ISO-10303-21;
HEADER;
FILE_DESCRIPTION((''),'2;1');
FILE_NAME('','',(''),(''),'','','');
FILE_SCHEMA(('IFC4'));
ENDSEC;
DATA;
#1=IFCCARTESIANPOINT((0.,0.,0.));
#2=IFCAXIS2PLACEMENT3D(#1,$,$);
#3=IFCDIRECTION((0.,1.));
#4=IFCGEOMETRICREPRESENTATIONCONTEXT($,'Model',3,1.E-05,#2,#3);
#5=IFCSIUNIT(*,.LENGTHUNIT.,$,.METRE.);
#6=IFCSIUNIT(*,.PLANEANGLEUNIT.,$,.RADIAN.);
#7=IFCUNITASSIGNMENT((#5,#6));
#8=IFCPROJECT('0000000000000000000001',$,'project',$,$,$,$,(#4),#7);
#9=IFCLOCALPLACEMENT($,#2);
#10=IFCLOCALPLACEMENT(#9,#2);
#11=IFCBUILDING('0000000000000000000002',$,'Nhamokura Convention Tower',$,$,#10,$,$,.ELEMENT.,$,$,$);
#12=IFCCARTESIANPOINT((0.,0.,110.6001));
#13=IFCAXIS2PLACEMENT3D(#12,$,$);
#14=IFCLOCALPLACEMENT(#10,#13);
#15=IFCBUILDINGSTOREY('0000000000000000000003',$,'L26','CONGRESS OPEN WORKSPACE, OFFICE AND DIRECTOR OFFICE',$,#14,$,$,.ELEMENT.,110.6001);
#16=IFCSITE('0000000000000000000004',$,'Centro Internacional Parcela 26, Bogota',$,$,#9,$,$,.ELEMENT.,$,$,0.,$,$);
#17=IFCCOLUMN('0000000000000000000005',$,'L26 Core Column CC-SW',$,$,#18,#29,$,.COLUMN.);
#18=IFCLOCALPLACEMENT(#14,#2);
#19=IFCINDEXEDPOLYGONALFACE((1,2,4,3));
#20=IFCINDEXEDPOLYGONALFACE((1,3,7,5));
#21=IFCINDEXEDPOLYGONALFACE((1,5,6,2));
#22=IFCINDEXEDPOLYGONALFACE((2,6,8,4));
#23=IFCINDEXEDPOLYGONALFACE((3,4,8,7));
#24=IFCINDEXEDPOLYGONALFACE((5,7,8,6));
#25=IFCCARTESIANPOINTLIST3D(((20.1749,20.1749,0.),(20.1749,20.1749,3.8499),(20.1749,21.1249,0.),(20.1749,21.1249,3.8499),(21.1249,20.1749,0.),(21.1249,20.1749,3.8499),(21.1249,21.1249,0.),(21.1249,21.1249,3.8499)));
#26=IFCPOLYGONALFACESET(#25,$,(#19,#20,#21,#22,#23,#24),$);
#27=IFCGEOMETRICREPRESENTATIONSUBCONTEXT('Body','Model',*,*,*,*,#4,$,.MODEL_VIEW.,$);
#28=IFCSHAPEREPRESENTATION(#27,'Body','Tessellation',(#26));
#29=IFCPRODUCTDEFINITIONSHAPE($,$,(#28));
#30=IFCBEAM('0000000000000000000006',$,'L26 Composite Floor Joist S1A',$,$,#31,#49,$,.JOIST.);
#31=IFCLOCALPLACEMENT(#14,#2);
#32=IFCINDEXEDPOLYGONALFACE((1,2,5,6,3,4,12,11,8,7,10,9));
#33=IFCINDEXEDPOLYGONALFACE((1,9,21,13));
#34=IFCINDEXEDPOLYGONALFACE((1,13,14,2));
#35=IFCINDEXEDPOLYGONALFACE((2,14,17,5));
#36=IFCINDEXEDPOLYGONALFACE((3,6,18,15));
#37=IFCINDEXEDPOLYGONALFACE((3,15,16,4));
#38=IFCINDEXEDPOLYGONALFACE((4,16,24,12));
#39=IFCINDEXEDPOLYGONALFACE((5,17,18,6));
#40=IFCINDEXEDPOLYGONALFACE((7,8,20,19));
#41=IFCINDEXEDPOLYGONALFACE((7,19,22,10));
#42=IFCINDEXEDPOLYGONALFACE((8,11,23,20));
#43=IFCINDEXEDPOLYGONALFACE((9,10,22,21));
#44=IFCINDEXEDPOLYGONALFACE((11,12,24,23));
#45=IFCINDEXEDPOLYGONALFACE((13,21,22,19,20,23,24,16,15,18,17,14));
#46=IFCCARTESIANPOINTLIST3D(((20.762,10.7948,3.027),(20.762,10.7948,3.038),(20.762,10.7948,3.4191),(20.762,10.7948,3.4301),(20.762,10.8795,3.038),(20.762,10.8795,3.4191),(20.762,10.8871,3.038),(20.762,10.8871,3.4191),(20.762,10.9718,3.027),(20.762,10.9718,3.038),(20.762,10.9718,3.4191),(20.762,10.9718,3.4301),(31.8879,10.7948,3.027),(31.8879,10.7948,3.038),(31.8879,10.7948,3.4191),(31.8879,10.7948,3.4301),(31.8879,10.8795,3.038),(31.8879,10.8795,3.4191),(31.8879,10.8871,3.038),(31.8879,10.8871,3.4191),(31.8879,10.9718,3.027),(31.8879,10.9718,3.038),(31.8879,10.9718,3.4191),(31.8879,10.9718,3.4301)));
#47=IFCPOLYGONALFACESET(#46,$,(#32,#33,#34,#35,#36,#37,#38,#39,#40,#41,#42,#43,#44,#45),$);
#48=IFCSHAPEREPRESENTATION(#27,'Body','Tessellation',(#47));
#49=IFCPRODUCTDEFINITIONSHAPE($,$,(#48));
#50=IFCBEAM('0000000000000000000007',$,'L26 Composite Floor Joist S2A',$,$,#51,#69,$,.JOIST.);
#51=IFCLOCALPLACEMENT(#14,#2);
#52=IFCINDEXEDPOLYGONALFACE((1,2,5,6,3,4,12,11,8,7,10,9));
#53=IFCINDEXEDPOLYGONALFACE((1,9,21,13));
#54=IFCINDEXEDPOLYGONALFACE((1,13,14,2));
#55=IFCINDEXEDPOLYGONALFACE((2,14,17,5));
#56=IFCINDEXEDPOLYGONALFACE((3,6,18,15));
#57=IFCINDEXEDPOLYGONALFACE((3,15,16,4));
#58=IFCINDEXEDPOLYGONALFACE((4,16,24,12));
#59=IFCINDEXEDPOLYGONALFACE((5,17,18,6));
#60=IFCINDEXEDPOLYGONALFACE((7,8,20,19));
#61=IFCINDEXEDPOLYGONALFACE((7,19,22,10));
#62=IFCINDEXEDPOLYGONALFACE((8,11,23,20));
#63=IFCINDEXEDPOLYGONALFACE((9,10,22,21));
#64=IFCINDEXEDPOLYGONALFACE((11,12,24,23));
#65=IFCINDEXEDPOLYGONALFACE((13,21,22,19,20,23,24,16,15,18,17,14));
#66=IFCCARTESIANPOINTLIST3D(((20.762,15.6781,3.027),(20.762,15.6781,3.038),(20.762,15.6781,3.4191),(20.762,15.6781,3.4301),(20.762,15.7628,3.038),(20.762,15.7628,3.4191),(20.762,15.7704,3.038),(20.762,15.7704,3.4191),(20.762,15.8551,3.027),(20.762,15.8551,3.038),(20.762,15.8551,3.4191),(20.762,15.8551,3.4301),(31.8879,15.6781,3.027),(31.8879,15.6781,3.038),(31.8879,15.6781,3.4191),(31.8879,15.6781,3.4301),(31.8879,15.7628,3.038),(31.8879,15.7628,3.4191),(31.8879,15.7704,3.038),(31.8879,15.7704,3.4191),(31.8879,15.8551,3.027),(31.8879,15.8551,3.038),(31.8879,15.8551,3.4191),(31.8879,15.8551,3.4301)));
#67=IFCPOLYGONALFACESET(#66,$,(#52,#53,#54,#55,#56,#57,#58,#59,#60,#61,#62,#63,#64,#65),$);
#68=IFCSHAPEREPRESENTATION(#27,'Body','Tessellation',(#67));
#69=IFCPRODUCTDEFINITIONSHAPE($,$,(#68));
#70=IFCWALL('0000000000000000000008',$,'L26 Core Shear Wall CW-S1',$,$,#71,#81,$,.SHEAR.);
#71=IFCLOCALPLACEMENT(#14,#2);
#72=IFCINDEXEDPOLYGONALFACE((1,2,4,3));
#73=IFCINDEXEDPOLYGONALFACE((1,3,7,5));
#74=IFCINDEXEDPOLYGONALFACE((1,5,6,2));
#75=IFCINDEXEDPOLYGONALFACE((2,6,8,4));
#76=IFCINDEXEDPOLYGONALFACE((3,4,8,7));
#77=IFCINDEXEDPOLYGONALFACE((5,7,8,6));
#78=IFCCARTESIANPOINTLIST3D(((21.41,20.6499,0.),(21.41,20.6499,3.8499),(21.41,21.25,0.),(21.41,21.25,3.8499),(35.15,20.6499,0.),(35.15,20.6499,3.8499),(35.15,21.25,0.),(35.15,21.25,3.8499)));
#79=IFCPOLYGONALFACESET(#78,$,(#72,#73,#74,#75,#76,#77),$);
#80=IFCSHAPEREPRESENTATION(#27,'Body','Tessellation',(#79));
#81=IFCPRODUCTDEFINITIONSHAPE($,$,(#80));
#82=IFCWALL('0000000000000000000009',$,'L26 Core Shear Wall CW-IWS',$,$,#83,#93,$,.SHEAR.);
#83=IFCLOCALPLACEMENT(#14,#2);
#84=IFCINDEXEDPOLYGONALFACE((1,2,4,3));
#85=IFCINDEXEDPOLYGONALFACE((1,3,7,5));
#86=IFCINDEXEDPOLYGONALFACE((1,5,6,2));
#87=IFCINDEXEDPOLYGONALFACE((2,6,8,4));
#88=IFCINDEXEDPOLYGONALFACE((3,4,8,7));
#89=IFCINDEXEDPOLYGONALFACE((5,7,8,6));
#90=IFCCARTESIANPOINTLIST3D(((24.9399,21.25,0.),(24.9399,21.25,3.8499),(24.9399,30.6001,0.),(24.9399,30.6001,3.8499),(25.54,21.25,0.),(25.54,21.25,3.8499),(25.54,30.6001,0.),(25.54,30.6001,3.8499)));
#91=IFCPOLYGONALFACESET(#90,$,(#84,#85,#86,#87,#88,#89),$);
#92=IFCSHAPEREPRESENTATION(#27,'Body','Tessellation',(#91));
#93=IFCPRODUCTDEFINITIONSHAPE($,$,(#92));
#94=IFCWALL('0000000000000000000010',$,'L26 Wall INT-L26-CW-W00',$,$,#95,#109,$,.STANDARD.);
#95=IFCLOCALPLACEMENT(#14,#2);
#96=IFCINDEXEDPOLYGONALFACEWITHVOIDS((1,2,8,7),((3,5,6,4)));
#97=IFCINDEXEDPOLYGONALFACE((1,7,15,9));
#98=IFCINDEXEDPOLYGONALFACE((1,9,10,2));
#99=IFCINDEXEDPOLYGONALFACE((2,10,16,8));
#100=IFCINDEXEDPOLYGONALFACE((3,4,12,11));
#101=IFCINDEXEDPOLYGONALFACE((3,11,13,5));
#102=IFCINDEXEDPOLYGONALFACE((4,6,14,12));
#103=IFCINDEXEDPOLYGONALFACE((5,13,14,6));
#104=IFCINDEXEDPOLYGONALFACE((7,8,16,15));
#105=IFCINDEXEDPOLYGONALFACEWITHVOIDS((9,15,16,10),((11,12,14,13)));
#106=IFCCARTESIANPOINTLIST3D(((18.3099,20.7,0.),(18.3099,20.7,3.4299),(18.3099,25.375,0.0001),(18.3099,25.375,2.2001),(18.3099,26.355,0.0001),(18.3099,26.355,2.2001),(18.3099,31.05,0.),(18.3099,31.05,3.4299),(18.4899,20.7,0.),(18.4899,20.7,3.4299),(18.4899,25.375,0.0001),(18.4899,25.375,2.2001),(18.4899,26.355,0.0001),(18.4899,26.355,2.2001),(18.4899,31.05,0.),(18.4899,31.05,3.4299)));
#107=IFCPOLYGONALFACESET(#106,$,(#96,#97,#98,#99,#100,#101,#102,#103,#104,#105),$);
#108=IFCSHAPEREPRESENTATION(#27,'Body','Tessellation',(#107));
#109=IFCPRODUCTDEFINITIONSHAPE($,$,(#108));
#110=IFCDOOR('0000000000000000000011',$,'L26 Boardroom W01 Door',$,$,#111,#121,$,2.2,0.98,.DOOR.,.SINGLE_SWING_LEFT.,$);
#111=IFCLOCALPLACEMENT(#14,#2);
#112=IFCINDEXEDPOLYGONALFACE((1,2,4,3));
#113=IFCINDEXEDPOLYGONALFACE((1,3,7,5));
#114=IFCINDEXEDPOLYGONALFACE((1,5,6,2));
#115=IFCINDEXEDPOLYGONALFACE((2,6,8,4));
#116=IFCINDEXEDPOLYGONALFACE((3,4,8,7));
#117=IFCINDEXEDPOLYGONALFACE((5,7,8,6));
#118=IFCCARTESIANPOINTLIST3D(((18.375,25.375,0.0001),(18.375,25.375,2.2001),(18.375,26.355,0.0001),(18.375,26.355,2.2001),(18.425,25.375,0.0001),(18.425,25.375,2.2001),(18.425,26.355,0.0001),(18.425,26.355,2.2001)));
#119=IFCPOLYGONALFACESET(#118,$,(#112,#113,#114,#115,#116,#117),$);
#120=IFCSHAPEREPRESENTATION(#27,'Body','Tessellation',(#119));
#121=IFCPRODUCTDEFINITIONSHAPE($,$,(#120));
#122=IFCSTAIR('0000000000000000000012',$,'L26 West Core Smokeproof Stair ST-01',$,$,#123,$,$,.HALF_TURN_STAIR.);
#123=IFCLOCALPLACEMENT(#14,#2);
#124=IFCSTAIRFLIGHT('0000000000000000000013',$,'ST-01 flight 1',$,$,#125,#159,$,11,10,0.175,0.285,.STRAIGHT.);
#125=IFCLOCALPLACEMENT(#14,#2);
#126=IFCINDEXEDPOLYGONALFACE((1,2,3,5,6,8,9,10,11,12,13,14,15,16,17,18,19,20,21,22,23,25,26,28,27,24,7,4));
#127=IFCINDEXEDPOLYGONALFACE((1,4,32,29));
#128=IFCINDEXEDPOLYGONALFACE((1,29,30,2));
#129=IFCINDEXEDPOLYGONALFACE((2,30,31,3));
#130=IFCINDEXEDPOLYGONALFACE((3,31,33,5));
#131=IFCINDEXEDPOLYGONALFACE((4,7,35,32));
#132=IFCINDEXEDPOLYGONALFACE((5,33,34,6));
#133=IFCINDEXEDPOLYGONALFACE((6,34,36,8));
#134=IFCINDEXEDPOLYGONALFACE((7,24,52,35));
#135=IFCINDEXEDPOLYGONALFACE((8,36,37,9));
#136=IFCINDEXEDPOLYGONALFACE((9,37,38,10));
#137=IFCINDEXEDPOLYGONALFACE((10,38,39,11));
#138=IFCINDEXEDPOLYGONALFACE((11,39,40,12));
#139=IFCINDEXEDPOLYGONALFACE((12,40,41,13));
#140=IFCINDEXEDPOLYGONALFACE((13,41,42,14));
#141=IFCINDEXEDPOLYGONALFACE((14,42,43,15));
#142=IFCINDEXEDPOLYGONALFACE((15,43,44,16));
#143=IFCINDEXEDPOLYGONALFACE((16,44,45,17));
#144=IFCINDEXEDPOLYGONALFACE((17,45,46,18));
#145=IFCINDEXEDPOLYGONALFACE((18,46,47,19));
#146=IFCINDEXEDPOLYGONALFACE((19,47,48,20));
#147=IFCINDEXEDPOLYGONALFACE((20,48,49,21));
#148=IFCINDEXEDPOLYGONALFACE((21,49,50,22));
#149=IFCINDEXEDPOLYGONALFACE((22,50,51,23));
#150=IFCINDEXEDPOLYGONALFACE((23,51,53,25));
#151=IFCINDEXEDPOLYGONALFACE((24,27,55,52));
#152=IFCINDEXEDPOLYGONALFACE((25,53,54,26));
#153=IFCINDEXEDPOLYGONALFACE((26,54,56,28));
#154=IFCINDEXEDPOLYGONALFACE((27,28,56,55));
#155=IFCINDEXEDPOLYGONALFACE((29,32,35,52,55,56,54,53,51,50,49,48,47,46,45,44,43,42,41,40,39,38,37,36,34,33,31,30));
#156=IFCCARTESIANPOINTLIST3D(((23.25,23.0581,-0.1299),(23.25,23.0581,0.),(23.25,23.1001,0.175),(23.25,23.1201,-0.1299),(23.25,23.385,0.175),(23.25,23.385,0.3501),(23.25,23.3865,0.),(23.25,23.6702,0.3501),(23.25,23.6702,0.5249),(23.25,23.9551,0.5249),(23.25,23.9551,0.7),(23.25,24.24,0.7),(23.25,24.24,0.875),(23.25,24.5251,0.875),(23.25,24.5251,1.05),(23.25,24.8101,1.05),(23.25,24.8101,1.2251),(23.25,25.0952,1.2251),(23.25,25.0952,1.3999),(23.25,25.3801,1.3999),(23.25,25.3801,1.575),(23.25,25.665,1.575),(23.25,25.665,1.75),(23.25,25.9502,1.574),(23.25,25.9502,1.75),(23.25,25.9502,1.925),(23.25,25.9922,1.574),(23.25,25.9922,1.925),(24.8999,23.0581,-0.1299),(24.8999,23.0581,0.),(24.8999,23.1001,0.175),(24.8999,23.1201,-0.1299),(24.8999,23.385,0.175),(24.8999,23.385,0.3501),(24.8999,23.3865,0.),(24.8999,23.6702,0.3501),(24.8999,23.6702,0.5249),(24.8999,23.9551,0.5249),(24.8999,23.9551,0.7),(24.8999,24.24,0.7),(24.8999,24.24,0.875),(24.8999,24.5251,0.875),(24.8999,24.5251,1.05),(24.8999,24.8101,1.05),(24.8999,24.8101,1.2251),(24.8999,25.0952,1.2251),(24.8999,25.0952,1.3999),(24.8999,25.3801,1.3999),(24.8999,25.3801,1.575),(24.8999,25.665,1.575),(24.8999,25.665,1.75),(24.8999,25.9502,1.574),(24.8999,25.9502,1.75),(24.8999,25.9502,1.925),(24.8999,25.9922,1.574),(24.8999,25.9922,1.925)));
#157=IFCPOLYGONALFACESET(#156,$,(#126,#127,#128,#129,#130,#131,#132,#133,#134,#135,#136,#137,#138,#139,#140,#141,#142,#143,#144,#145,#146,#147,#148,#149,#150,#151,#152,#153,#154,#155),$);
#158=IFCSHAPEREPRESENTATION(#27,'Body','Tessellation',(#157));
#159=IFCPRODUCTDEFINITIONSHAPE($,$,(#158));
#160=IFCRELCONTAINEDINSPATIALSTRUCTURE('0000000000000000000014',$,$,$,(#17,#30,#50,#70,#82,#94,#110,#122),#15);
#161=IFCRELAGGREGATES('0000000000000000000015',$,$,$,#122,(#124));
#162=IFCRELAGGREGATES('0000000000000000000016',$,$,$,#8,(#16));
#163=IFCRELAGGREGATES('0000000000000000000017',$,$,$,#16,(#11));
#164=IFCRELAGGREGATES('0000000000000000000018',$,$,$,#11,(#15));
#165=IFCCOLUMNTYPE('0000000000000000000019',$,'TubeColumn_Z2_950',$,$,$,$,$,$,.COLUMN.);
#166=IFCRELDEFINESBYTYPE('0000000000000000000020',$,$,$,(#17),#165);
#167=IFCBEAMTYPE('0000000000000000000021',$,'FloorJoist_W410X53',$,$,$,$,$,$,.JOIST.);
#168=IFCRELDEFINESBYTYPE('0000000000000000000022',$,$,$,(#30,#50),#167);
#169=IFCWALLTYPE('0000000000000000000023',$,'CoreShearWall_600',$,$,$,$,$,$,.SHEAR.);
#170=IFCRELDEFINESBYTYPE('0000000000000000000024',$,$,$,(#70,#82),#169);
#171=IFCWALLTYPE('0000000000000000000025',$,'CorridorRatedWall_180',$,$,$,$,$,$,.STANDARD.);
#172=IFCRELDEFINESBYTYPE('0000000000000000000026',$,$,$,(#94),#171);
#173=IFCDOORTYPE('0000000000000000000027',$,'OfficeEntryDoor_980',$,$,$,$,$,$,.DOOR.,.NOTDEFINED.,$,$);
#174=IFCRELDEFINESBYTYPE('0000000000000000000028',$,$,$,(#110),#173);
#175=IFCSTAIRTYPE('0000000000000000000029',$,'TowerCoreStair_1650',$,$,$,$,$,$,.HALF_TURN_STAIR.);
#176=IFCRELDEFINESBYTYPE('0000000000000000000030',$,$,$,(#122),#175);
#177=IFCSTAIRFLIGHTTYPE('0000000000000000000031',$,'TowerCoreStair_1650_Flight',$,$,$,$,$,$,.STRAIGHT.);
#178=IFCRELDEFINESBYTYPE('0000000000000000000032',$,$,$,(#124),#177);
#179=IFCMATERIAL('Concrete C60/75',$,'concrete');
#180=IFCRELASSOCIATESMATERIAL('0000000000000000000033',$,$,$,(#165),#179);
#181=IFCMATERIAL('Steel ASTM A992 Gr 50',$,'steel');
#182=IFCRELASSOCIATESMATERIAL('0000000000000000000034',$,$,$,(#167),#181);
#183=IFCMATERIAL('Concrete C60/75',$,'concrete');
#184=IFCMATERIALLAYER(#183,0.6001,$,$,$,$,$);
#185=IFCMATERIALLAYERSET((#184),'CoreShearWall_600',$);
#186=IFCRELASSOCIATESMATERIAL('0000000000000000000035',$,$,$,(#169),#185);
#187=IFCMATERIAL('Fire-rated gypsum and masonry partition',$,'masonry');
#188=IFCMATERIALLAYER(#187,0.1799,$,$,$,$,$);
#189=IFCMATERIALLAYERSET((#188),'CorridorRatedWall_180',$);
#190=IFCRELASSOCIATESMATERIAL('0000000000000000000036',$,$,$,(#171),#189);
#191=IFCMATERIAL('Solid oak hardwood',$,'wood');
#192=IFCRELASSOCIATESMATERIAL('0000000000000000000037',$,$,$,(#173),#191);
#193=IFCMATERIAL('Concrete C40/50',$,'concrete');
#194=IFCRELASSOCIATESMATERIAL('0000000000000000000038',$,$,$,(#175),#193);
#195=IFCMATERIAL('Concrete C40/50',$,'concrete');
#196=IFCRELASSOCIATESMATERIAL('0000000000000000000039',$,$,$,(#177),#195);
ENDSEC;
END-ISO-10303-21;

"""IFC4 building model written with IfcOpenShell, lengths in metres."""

from ifc_helpers import new_model, si_unit, direction, frame, frame_2d, origin, origin_2d, place, context, subcontext, project, spatial, polyline, rectangle, i_section, outline, extrude, material, layer, layer_set, material_profile, profile_set, type_object, element, fill, aggregate, save


model = new_model("IFC4")

# Units and contexts
model_context = context("Model", 3, precision=1e-05, world=origin(), true_north=direction((0.0, 1.0)))
body_context = subcontext(model_context, "Body", "Model", "MODEL_VIEW")
ifc_project = project(units=[si_unit("LENGTHUNIT", "METRE"), si_unit("PLANEANGLEUNIT", "RADIAN")], contexts=[model_context])

# Site, building, storey
site_placement = place(None, origin())
site = spatial("IfcSite", under=ifc_project, at=site_placement, Name="Centro Internacional Parcela 26, Bogota", CompositionType="ELEMENT", RefElevation=0.0)
building_placement = place(site_placement, origin())
building = spatial("IfcBuilding", under=site, at=building_placement, Name="Nhamokura Convention Tower", CompositionType="ELEMENT")
storey_placement = place(building_placement, frame((0.0, 0.0, 110.6001)))
storey = spatial("IfcBuildingStorey", under=building, at=storey_placement, Name="L26", Description="CONGRESS OPEN WORKSPACE, OFFICE AND DIRECTOR OFFICE", CompositionType="ELEMENT", Elevation=110.6001)

# Column
ifc_material_1 = material(Name="Concrete C60/75", Category="concrete")
ifc_material_profile_1 = material_profile(ifc_material_1, rectangle(XDim=0.95, YDim=0.95, at=origin_2d()))
ifc_profile_set_1 = profile_set([ifc_material_profile_1], Name="Concrete C60/75")
column_type = type_object("IfcColumnType", Name="TubeColumn_Z2_950", PredefinedType="COLUMN", material=ifc_profile_set_1)
column_placement = place(storey_placement, frame((20.6499, 20.6499, 0.0), z_axis=(0.0, 0.0, 1.0), x_axis=(1.0, 0.0, 0.0)))
element("IfcColumn", 1, at=column_placement, inside=storey, type_object=column_type, Name="L26 Core Column CC-SW", PredefinedType="COLUMN", context=body_context, shape_type="SweptSolid", body=[
    extrude(rectangle(XDim=0.95, YDim=0.95, at=origin_2d()), origin(), (0.0, 0.0, 1.0), 3.8499),
])

# Beams
ifc_material_2 = material(Name="Steel ASTM A992 Gr 50", Category="steel")
ifc_material_profile_2 = material_profile(ifc_material_2, i_section(OverallWidth=0.177, OverallDepth=0.4031, WebThickness=0.0076, FlangeThickness=0.011, at=origin_2d()))
ifc_profile_set_2 = profile_set([ifc_material_profile_2], Name="Steel ASTM A992 Gr 50")
beam_type = type_object("IfcBeamType", Name="FloorJoist_W410X53", PredefinedType="JOIST", material=ifc_profile_set_2)
for number, where, z_axis, x_axis, name in (
    (2, (20.762, 10.8833, 3.2285), (1.0, 0.0, 0.0), (0.0, 1.0, 0.0), "L26 Composite Floor Joist S1A"),
    (3, (20.762, 15.7666, 3.2285), (1.0, 0.0, 0.0), (0.0, 1.0, 0.0), "L26 Composite Floor Joist S2A"),
):
    element("IfcBeam", number, at=place(storey_placement, frame(where, z_axis=z_axis, x_axis=x_axis)), inside=storey, type_object=beam_type, Name=name, PredefinedType="JOIST", context=body_context, shape_type="SweptSolid", body=[
        extrude(i_section(OverallWidth=0.177, OverallDepth=0.4031, WebThickness=0.0076, FlangeThickness=0.011, at=origin_2d()), origin(), (0.0, 0.0, 1.0), 11.126),
    ])

# Shared definitions
ifc_material_3 = material(Name="Concrete C60/75", Category="concrete")
ifc_layer_1 = layer(ifc_material_3, 0.6001)
ifc_layer_set_1 = layer_set([ifc_layer_1], Name="CoreShearWall_600")
wall_type_1 = type_object("IfcWallType", Name="CoreShearWall_600", PredefinedType="SHEAR", material=ifc_layer_set_1)

# Walls
wall_1_placement = place(storey_placement, frame((21.4099, 20.95, 0.0), z_axis=(0.0, 0.0, 1.0), x_axis=(1.0, 0.0, 0.0)))
element("IfcWall", 4, at=wall_1_placement, inside=storey, type_object=wall_type_1, Name="L26 Core Shear Wall CW-S1", PredefinedType="SHEAR", context=body_context, shape_type="SweptSolid", body=[
    extrude(rectangle(XDim=13.74, YDim=0.6001, at=frame_2d((6.8701, 0.0))), origin(), (0.0, 0.0, 1.0), 3.8499),
])
wall_2_placement = place(storey_placement, frame((25.24, 21.25, 0.0), z_axis=(0.0, 0.0, 1.0), x_axis=(0.0, 1.0, 0.0)))
element("IfcWall", 5, at=wall_2_placement, inside=storey, type_object=wall_type_1, Name="L26 Core Shear Wall CW-IWS", PredefinedType="SHEAR", context=body_context, shape_type="SweptSolid", body=[
    extrude(rectangle(XDim=9.3501, YDim=0.6001, at=frame_2d((4.675, 0.0))), origin(), (0.0, 0.0, 1.0), 3.8499),
])

# Wall, opening, door
ifc_material_4 = material(Name="Fire-rated gypsum and masonry partition", Category="masonry")
ifc_layer_2 = layer(ifc_material_4, 0.1799)
ifc_layer_set_2 = layer_set([ifc_layer_2], Name="CorridorRatedWall_180")
wall_type_2 = type_object("IfcWallType", Name="CorridorRatedWall_180", PredefinedType="STANDARD", material=ifc_layer_set_2)
wall_3_placement = place(storey_placement, frame((18.3999, 20.7, 0.0), z_axis=(0.0, 0.0, 1.0), x_axis=(0.0, 1.0, 0.0)))
wall_3 = element("IfcWall", 6, at=wall_3_placement, inside=storey, type_object=wall_type_2, Name="L26 Wall INT-L26-CW-W00", PredefinedType="STANDARD", context=body_context, shape_type="SweptSolid", body=[
    extrude(rectangle(XDim=10.3501, YDim=0.1799, at=frame_2d((5.175, 0.0))), origin(), (0.0, 0.0, 1.0), 3.4299),
])
opening_1_placement = place(wall_3_placement, frame((4.675, 0.0, 0.0)))
opening_1 = element("IfcOpeningElement", 7, at=opening_1_placement, cuts=wall_3, PredefinedType="OPENING", context=body_context, shape_type="SweptSolid", body=[
    extrude(rectangle(XDim=0.98, YDim=2.2, at=frame_2d((0.49, 1.1001))), frame((0.0, 0.0999, 0.0), z_axis=(0.0, -1.0, 0.0), x_axis=(1.0, 0.0, 0.0)), (0.0, 0.0, 1.0), 0.2),
])
ifc_material_5 = material(Name="Solid oak hardwood", Category="wood")
door_type_1 = type_object("IfcDoorType", Name="OfficeEntryDoor_980", OperationType="NOTDEFINED", PredefinedType="DOOR", material=ifc_material_5)
door_1_placement = place(opening_1_placement, origin())
door_1 = element("IfcDoor", 8, at=door_1_placement, inside=storey, type_object=door_type_1, Name="L26 Boardroom W01 Door", OperationType="SINGLE_SWING_LEFT", OverallHeight=2.2, OverallWidth=0.98, PredefinedType="DOOR", context=body_context, shape_type="SweptSolid", body=[
    extrude(rectangle(XDim=0.98, YDim=2.2, at=frame_2d((0.49, 1.1001))), frame((0.0, 0.0249, 0.0), z_axis=(0.0, -1.0, 0.0), x_axis=(1.0, 0.0, 0.0)), (0.0, 0.0, 1.0), 0.05),
])
fill(opening_1, door_1)

# Stair, stair flight
ifc_material_6 = material(Name="Concrete C40/50", Category="concrete")
stair_type = type_object("IfcStairType", Name="TowerCoreStair_1650", PredefinedType="HALF_TURN_STAIR", material=ifc_material_6)
stair_placement = place(storey_placement, origin())
stair = element("IfcStair", 9, at=stair_placement, inside=storey, type_object=stair_type, Name="L26 West Core Smokeproof Stair ST-01", PredefinedType="HALF_TURN_STAIR")
ifc_material_7 = material(Name="Concrete C40/50", Category="concrete")
stair_flight_type = type_object("IfcStairFlightType", Name="TowerCoreStair_1650_Flight", PredefinedType="STRAIGHT", material=ifc_material_7)
stair_flight_1_placement = place(storey_placement, frame((24.075, 23.1001, 0.0), z_axis=(0.0, 0.0, 1.0), x_axis=(0.0, 1.0, 0.0)))
stair_flight_1 = element("IfcStairFlight", 10, at=stair_flight_1_placement, type_object=stair_flight_type, Name="ST-01 flight 1", NumberOfRisers=11, NumberOfTreads=10, PredefinedType="STRAIGHT", RiserHeight=0.175, TreadLength=0.285, context=body_context, shape_type="SweptSolid", body=[
    extrude(outline(polyline([(-0.042, 0.0), (0.0, 0.175), (0.2849, 0.175), (0.2849, 0.3501), (0.5701, 0.3501), (0.5701, 0.5249), (0.855, 0.5249), (0.855, 0.7), (1.1399, 0.7), (1.1399, 0.875), (1.425, 0.875), (1.425, 1.05), (1.71, 1.05), (1.71, 1.2251), (1.9951, 1.2251), (1.9951, 1.3999), (2.28, 1.3999), (2.28, 1.575), (2.5649, 1.575), (2.5649, 1.75), (2.8501, 1.75), (2.8501, 1.925), (2.8921, 1.925), (2.8921, 1.574), (2.8501, 1.574), (0.2864, 0.0), (0.02, -0.1299), (-0.042, -0.1299), (-0.042, 0.0)])), frame((0.0, 0.825, 0.0), z_axis=(0.0, -1.0, 0.0), x_axis=(1.0, 0.0, 0.0)), (0.0, 0.0, 1.0), 1.6499),
])
aggregate(stair, [stair_flight_1])

save(model, "model.ifc")
